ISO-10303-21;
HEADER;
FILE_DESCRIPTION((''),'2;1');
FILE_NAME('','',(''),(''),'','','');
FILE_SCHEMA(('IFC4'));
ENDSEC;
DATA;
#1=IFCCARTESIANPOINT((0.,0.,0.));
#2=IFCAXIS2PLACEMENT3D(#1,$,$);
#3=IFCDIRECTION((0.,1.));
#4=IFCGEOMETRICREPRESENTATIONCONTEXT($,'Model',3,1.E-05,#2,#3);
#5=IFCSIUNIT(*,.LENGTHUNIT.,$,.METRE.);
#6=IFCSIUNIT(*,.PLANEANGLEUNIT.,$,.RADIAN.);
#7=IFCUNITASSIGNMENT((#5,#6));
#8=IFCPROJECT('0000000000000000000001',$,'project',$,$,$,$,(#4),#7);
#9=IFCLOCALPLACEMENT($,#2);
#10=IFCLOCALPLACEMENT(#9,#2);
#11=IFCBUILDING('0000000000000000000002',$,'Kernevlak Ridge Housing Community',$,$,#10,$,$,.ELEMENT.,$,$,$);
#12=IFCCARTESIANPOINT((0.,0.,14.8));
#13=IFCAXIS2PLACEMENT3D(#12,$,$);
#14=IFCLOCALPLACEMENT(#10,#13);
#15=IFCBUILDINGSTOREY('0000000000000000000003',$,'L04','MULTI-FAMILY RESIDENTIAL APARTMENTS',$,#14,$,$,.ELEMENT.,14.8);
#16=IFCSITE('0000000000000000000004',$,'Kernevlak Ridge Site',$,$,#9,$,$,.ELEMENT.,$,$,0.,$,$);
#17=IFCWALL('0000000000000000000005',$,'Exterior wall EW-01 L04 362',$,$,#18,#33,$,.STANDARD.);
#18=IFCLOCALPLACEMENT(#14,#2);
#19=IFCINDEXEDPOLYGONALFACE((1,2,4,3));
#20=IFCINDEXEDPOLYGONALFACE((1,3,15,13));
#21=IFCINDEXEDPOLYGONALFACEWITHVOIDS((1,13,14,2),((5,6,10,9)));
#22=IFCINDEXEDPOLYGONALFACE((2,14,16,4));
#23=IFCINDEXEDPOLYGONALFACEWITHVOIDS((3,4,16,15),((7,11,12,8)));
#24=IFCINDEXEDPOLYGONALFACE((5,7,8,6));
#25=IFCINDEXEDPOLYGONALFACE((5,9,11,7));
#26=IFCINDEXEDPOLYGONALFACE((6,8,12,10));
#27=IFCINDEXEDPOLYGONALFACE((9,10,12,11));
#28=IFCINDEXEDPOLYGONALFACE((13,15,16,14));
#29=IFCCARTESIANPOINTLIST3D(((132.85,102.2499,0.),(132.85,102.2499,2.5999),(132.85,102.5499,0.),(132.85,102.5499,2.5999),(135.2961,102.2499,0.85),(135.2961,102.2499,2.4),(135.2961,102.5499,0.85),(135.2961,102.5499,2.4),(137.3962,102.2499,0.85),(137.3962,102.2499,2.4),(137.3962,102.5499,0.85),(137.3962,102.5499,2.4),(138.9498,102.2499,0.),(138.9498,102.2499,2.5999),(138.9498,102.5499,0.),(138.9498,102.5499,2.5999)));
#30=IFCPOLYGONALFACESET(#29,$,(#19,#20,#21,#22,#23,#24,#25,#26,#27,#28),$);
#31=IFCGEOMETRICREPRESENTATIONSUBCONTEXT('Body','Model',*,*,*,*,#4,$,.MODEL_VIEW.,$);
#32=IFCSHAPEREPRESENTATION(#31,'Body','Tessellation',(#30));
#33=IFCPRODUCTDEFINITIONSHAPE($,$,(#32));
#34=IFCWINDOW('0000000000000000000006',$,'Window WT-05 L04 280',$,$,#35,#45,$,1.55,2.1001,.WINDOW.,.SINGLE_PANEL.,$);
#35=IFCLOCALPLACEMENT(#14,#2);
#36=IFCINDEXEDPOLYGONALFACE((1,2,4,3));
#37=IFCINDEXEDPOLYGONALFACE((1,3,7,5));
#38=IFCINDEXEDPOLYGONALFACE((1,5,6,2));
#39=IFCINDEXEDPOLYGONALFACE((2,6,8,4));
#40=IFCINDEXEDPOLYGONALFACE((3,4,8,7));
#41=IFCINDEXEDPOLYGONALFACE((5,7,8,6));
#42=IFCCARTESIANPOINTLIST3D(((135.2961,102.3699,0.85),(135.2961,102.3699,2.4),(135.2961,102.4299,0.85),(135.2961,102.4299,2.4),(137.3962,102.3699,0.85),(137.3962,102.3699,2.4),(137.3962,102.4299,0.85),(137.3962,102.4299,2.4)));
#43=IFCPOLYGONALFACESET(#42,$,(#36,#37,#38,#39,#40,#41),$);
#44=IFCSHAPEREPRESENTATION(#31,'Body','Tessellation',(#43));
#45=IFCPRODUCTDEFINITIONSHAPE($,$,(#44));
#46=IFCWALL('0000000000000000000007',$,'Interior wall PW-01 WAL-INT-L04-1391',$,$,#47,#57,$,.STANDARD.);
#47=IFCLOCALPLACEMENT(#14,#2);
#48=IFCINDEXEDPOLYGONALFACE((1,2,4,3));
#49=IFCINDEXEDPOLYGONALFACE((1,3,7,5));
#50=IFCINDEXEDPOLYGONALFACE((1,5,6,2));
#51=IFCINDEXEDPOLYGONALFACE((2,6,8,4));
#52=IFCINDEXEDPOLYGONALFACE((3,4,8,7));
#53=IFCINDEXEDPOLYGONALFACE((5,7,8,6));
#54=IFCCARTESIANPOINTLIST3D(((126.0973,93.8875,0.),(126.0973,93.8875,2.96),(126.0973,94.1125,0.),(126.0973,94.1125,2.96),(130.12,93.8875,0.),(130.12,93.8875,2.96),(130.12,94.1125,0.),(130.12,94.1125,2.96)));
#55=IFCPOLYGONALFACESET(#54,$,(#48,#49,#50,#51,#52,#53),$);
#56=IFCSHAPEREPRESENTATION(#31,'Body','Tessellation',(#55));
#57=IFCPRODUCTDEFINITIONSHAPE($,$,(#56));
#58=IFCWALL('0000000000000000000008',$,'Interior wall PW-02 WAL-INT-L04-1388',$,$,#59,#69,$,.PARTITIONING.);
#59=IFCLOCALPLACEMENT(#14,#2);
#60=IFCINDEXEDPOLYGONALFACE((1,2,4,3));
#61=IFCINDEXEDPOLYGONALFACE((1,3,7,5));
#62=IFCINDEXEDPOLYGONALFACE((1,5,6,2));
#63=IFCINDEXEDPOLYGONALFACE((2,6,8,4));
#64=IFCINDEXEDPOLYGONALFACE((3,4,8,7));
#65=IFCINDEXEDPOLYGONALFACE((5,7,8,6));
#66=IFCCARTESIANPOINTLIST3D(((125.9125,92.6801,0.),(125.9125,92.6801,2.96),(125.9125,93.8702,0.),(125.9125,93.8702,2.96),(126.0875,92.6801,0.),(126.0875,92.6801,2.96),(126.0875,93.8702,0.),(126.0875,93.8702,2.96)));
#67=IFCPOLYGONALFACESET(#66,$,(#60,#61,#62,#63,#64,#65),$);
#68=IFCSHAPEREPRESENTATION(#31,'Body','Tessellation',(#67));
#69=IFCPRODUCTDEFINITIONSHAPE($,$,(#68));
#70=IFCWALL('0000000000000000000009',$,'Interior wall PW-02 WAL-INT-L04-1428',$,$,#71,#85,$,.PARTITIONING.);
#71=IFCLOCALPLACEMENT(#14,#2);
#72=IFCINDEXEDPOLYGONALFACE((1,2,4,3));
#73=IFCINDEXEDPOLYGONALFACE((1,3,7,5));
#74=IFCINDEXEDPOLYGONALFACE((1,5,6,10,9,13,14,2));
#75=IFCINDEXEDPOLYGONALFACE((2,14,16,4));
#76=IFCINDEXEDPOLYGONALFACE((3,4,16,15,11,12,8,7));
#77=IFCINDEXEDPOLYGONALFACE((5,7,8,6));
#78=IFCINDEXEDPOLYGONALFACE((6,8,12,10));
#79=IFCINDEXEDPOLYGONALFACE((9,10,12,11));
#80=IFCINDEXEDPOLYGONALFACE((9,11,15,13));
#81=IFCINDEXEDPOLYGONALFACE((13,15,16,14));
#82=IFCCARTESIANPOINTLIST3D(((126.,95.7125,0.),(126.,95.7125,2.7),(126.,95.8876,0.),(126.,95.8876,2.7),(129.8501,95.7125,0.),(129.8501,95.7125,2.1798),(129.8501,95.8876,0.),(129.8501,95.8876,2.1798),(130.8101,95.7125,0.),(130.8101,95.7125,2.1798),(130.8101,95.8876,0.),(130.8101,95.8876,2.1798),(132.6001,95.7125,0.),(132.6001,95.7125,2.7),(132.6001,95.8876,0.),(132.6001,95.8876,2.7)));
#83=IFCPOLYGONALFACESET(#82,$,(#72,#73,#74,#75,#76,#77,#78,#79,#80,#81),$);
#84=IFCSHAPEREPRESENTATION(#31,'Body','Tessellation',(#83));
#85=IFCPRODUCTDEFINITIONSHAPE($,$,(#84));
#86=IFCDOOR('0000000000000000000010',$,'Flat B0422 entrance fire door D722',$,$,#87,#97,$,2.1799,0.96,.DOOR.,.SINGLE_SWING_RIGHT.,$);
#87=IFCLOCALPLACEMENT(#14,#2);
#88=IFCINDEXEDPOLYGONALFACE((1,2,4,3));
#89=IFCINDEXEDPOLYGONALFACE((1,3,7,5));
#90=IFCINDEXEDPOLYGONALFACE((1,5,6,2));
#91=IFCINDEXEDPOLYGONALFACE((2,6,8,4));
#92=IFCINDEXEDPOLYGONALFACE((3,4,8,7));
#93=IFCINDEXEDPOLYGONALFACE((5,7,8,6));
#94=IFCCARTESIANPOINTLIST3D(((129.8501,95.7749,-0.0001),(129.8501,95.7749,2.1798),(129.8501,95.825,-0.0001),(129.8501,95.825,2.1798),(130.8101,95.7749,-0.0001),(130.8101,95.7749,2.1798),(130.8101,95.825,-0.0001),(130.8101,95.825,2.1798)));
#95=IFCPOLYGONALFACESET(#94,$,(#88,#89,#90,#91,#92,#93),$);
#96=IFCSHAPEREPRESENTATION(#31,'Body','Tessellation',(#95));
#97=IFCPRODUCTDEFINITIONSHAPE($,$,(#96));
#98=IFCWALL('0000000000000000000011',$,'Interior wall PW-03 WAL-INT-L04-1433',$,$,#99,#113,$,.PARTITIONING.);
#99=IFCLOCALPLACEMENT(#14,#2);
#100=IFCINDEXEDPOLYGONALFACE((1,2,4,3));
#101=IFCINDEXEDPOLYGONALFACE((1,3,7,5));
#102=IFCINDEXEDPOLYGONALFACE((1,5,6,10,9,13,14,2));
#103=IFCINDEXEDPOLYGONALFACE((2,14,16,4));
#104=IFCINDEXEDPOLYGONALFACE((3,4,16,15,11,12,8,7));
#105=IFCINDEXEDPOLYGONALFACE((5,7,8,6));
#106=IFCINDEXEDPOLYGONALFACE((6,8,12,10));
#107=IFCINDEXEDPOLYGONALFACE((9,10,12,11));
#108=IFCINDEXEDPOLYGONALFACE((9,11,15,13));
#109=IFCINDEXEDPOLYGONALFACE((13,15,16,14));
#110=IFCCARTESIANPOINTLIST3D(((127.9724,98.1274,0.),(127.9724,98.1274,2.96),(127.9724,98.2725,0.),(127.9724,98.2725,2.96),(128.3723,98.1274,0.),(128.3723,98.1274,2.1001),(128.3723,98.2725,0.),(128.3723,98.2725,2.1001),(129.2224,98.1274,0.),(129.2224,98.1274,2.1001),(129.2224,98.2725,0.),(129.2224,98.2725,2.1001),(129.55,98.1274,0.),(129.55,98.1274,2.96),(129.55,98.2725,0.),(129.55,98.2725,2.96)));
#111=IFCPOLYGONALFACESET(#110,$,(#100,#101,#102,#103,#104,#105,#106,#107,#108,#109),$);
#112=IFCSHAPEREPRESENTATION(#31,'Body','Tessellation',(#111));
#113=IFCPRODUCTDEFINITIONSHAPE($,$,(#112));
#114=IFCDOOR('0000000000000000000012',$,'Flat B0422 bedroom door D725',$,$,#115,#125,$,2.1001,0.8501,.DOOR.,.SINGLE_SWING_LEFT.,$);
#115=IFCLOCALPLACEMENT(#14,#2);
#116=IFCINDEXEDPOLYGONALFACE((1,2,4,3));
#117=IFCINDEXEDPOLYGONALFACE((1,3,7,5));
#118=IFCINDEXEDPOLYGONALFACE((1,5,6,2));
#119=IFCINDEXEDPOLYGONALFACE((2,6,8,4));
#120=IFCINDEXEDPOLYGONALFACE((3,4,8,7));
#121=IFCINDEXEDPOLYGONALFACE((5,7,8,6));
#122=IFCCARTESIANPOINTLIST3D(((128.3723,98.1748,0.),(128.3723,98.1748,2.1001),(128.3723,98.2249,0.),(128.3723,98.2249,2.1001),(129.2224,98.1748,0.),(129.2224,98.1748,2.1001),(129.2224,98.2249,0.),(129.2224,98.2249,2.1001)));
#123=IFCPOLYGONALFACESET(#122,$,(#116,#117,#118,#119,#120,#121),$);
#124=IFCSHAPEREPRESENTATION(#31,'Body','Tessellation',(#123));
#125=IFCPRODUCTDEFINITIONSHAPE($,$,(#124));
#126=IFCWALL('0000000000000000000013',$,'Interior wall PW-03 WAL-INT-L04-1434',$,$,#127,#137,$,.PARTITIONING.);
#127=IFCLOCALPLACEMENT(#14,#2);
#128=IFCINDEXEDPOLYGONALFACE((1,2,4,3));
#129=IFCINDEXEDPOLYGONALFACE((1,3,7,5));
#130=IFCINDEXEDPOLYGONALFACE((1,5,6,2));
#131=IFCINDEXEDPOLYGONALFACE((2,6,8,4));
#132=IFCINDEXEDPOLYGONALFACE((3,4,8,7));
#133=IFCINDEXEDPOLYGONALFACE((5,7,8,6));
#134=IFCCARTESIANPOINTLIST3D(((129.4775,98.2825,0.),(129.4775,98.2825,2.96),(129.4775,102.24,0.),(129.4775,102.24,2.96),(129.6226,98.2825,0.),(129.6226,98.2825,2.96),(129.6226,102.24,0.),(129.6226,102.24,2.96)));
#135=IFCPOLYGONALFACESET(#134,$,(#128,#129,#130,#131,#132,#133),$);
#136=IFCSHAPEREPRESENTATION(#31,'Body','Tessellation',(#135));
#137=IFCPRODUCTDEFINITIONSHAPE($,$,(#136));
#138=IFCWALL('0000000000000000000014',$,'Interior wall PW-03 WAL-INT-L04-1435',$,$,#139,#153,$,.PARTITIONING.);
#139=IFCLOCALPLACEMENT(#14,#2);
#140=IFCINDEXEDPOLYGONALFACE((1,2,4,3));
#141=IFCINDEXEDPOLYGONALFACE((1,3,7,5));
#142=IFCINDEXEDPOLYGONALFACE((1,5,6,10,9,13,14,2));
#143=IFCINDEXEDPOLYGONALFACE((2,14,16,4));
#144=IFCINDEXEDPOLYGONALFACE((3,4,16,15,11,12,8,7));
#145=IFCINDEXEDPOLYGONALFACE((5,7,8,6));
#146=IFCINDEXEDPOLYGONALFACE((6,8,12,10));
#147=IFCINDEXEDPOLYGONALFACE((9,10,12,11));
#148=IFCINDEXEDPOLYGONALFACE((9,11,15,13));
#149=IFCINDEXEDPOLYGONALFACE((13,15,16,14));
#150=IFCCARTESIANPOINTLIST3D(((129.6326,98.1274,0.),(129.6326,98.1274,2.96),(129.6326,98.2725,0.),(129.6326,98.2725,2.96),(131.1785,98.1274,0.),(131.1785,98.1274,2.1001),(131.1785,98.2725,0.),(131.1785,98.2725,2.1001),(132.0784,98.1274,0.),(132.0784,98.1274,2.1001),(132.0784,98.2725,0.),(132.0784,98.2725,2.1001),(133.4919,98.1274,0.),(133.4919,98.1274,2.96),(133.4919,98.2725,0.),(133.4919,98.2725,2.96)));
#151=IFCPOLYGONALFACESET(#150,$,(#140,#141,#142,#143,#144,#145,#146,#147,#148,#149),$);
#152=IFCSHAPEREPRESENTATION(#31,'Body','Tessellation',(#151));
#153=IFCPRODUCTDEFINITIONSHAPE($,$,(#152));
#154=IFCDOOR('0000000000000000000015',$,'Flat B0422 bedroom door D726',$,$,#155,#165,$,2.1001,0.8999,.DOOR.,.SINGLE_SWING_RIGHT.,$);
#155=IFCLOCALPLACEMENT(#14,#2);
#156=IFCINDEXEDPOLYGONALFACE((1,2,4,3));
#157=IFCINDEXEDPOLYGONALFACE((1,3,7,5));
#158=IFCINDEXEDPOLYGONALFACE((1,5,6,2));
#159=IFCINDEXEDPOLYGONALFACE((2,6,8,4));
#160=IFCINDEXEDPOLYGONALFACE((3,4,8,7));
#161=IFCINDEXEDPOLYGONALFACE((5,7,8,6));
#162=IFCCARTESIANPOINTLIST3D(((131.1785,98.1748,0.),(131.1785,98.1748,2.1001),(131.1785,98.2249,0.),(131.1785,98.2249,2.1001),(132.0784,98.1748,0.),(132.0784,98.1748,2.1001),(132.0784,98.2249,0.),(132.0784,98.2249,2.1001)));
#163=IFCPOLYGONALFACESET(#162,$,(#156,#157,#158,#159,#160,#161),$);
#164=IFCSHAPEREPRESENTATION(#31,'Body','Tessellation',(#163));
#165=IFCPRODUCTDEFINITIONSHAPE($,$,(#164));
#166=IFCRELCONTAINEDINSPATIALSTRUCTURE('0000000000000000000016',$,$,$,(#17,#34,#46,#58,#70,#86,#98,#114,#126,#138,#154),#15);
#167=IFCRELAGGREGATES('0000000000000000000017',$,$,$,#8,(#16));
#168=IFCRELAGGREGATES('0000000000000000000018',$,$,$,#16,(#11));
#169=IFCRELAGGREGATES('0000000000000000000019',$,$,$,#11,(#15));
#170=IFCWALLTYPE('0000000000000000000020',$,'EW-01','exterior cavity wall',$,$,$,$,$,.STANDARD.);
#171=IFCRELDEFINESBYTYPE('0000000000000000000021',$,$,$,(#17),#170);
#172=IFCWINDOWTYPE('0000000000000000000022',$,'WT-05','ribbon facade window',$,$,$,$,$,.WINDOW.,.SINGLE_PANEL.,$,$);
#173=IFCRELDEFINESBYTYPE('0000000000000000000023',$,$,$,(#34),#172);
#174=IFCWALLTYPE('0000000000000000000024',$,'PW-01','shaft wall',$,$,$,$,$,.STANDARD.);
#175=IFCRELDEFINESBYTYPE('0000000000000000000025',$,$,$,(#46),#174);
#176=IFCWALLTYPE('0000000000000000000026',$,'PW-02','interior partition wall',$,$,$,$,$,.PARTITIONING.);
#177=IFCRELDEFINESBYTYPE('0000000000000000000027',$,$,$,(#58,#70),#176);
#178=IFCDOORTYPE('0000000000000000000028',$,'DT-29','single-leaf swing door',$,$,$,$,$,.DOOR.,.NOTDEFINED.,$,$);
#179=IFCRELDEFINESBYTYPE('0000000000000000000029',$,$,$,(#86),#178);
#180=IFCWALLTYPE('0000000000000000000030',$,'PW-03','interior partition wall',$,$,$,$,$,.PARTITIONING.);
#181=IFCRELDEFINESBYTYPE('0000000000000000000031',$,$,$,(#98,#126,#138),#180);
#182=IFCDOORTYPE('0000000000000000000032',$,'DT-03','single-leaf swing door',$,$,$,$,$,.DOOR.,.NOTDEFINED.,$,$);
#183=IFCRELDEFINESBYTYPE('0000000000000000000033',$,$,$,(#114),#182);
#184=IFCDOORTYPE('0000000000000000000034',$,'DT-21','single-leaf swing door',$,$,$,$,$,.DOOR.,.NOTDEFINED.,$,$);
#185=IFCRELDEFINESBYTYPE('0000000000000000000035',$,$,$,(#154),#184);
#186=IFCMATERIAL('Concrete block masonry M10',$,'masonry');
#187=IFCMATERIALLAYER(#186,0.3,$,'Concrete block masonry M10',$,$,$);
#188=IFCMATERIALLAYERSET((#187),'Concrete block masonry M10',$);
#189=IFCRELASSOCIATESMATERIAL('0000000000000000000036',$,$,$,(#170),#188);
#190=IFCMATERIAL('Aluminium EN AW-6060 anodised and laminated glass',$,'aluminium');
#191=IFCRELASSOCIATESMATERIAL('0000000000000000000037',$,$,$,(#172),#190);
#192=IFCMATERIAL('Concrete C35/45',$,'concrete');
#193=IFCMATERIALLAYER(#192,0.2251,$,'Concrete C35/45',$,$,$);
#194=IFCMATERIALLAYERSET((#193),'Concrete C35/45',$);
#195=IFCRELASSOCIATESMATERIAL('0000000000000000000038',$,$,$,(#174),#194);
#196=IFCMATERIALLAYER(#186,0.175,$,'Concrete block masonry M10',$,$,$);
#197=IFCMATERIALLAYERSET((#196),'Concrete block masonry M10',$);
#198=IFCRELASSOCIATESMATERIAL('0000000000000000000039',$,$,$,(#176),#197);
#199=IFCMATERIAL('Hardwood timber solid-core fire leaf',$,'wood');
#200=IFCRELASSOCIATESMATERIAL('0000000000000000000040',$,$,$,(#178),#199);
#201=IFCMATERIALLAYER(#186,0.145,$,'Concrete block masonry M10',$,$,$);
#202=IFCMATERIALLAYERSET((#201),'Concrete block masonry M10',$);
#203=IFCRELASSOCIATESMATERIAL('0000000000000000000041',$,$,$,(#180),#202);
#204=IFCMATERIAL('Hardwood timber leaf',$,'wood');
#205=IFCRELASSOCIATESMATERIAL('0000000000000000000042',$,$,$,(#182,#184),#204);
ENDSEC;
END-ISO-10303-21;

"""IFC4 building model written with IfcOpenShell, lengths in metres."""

from ifc_helpers import new_model, si_unit, direction, frame, frame_2d, origin, place, context, subcontext, project, spatial, rectangle, extrude, material, layer, layer_set, type_object, element, fill, save


model = new_model("IFC4")

# Units and contexts
model_context = context("Model", 3, precision=1e-05, world=origin(), true_north=direction((0.0, 1.0)))
body_context = subcontext(model_context, "Body", "Model", "MODEL_VIEW")
ifc_project = project(units=[si_unit("LENGTHUNIT", "METRE"), si_unit("PLANEANGLEUNIT", "RADIAN")], contexts=[model_context])

# Site, building, storey
site_placement = place(None, origin())
site = spatial("IfcSite", under=ifc_project, at=site_placement, Name="Kernevlak Ridge Site", CompositionType="ELEMENT", RefElevation=0.0)
building_placement = place(site_placement, origin())
building = spatial("IfcBuilding", under=site, at=building_placement, Name="Kernevlak Ridge Housing Community", CompositionType="ELEMENT")
storey_placement = place(building_placement, frame((0.0, 0.0, 14.8)))
storey = spatial("IfcBuildingStorey", under=building, at=storey_placement, Name="L04", Description="MULTI-FAMILY RESIDENTIAL APARTMENTS", CompositionType="ELEMENT", Elevation=14.8)

# Shared definitions
ifc_material_1 = material(Name="Concrete C35/45", Category="concrete")

# Shared definitions
ifc_material_2 = material(Name="Concrete block masonry M10", Category="masonry")
ifc_layer_1 = layer(ifc_material_2, 0.3, Name="Concrete block masonry M10")
ifc_layer_set_1 = layer_set([ifc_layer_1], Name="Concrete block masonry M10")
wall_type_1 = type_object("IfcWallType", Name="EW-01", Description="exterior cavity wall", PredefinedType="STANDARD", material=ifc_layer_set_1)
ifc_material_3 = material(Name="Aluminium EN AW-6060 anodised and laminated glass", Category="aluminium")

# Wall, opening, window
wall_1_placement = place(storey_placement, frame((132.8501, 102.3999, 0.0), z_axis=(0.0, 0.0, 1.0), x_axis=(1.0, 0.0, 0.0)))
wall_1 = element("IfcWall", 1, at=wall_1_placement, inside=storey, type_object=wall_type_1, Name="Exterior wall EW-01 L04 362", PredefinedType="STANDARD", context=body_context, shape_type="SweptSolid", body=[
    extrude(rectangle(XDim=6.0999, YDim=0.3, at=frame_2d((3.0498, 0.0))), origin(), (0.0, 0.0, 1.0), 2.5999),
])
opening_1_placement = place(wall_1_placement, frame((2.446, 0.0, 0.8501)))
opening_1 = element("IfcOpeningElement", 2, at=opening_1_placement, cuts=wall_1, PredefinedType="OPENING", context=body_context, shape_type="SweptSolid", body=[
    extrude(rectangle(XDim=2.1001, YDim=1.55, at=frame_2d((1.05, 0.7749))), frame((0.0, 0.1599, 0.0), z_axis=(0.0, -1.0, 0.0), x_axis=(1.0, 0.0, 0.0)), (0.0, 0.0, 1.0), 0.3201),
])
window_type_1 = type_object("IfcWindowType", Name="WT-05", Description="ribbon facade window", PartitioningType="SINGLE_PANEL", PredefinedType="WINDOW", material=ifc_material_3)
window_1_placement = place(opening_1_placement, origin())
window_1 = element("IfcWindow", 3, at=window_1_placement, inside=storey, type_object=window_type_1, Name="Window WT-05 L04 280", OverallHeight=1.55, OverallWidth=2.1001, PartitioningType="SINGLE_PANEL", PredefinedType="WINDOW", context=body_context, shape_type="SweptSolid", body=[
    extrude(rectangle(XDim=2.1001, YDim=1.55, at=frame_2d((1.05, 0.7749))), frame((0.0, 0.03, 0.0), z_axis=(0.0, -1.0, 0.0), x_axis=(1.0, 0.0, 0.0)), (0.0, 0.0, 1.0), 0.0601),
])
fill(opening_1, window_1)

# Walls
ifc_layer_2 = layer(ifc_material_1, 0.2251, Name="Concrete C35/45")
ifc_layer_set_2 = layer_set([ifc_layer_2], Name="Concrete C35/45")
wall_type_2 = type_object("IfcWallType", Name="PW-01", Description="shaft wall", PredefinedType="STANDARD", material=ifc_layer_set_2)
wall_2_placement = place(storey_placement, frame((126.0974, 94.0, 0.0), z_axis=(0.0, 0.0, 1.0), x_axis=(1.0, 0.0, 0.0)))
element("IfcWall", 4, at=wall_2_placement, inside=storey, type_object=wall_type_2, Name="Interior wall PW-01 WAL-INT-L04-1391", PredefinedType="STANDARD", context=body_context, shape_type="SweptSolid", body=[
    extrude(rectangle(XDim=4.0227, YDim=0.2251, at=frame_2d((2.0112, 0.0))), origin(), (0.0, 0.0, 1.0), 2.96),
])
ifc_layer_3 = layer(ifc_material_2, 0.175, Name="Concrete block masonry M10")
ifc_layer_set_3 = layer_set([ifc_layer_3], Name="Concrete block masonry M10")
wall_type_3 = type_object("IfcWallType", Name="PW-02", Description="interior partition wall", PredefinedType="PARTITIONING", material=ifc_layer_set_3)
wall_3_placement = place(storey_placement, frame((126.0, 92.6799, 0.0), z_axis=(0.0, 0.0, 1.0), x_axis=(0.0, 1.0, 0.0)))
element("IfcWall", 5, at=wall_3_placement, inside=storey, type_object=wall_type_3, Name="Interior wall PW-02 WAL-INT-L04-1388", PredefinedType="PARTITIONING", context=body_context, shape_type="SweptSolid", body=[
    extrude(rectangle(XDim=1.1902, YDim=0.175, at=frame_2d((0.5952, 0.0))), origin(), (0.0, 0.0, 1.0), 2.96),
])

# Walls, openings, doors
wall_4_placement = place(storey_placement, frame((126.0, 95.8, 0.0), z_axis=(0.0, 0.0, 1.0), x_axis=(1.0, 0.0, 0.0)))
wall_4 = element("IfcWall", 6, at=wall_4_placement, inside=storey, type_object=wall_type_3, Name="Interior wall PW-02 WAL-INT-L04-1428", PredefinedType="PARTITIONING", context=body_context, shape_type="SweptSolid", body=[
    extrude(rectangle(XDim=6.6001, YDim=0.175, at=frame_2d((3.3, 0.0))), origin(), (0.0, 0.0, 1.0), 2.7),
])
opening_2_placement = place(wall_4_placement, frame((3.8501, 0.0, 0.0)))
opening_2 = element("IfcOpeningElement", 7, at=opening_2_placement, cuts=wall_4, PredefinedType="OPENING", context=body_context, shape_type="SweptSolid", body=[
    extrude(rectangle(XDim=0.96, YDim=2.1799, at=frame_2d((0.48, 1.0898))), frame((0.0, 0.0974, 0.0), z_axis=(0.0, -1.0, 0.0), x_axis=(1.0, 0.0, 0.0)), (0.0, 0.0, 1.0), 0.1951),
])
ifc_material_4 = material(Name="Hardwood timber solid-core fire leaf", Category="wood")
door_type_1 = type_object("IfcDoorType", Name="DT-29", Description="single-leaf swing door", OperationType="NOTDEFINED", PredefinedType="DOOR", material=ifc_material_4)
door_1_placement = place(opening_2_placement, origin())
door_1 = element("IfcDoor", 8, at=door_1_placement, inside=storey, type_object=door_type_1, Name="Flat B0422 entrance fire door D722", OperationType="SINGLE_SWING_RIGHT", OverallHeight=2.1799, OverallWidth=0.96, PredefinedType="DOOR", context=body_context, shape_type="SweptSolid", body=[
    extrude(rectangle(XDim=0.96, YDim=2.1799, at=frame_2d((0.48, 1.0898))), frame((0.0, 0.0249, 0.0), z_axis=(0.0, -1.0, 0.0), x_axis=(1.0, 0.0, 0.0)), (0.0, 0.0, 1.0), 0.05),
])
fill(opening_2, door_1)
ifc_layer_4 = layer(ifc_material_2, 0.145, Name="Concrete block masonry M10")
ifc_layer_set_4 = layer_set([ifc_layer_4], Name="Concrete block masonry M10")
wall_type_4 = type_object("IfcWallType", Name="PW-03", Description="interior partition wall", PredefinedType="PARTITIONING", material=ifc_layer_set_4)
wall_5_placement = place(storey_placement, frame((127.9724, 98.2, 0.0), z_axis=(0.0, 0.0, 1.0), x_axis=(1.0, 0.0, 0.0)))
wall_5 = element("IfcWall", 9, at=wall_5_placement, inside=storey, type_object=wall_type_4, Name="Interior wall PW-03 WAL-INT-L04-1433", PredefinedType="PARTITIONING", context=body_context, shape_type="SweptSolid", body=[
    extrude(rectangle(XDim=1.5776, YDim=0.145, at=frame_2d((0.7888, 0.0))), origin(), (0.0, 0.0, 1.0), 2.96),
])
opening_3_placement = place(wall_5_placement, frame((0.3999, 0.0, 0.0)))
opening_3 = element("IfcOpeningElement", 10, at=opening_3_placement, cuts=wall_5, PredefinedType="OPENING", context=body_context, shape_type="SweptSolid", body=[
    extrude(rectangle(XDim=0.8501, YDim=2.1001, at=frame_2d((0.425, 1.05))), frame((0.0, 0.0825, 0.0), z_axis=(0.0, -1.0, 0.0), x_axis=(1.0, 0.0, 0.0)), (0.0, 0.0, 1.0), 0.165),
])
ifc_material_5 = material(Name="Hardwood timber leaf", Category="wood")
door_type_2 = type_object("IfcDoorType", Name="DT-03", Description="single-leaf swing door", OperationType="NOTDEFINED", PredefinedType="DOOR", material=ifc_material_5)
door_2_placement = place(opening_3_placement, origin())
door_2 = element("IfcDoor", 11, at=door_2_placement, inside=storey, type_object=door_type_2, Name="Flat B0422 bedroom door D725", OperationType="SINGLE_SWING_LEFT", OverallHeight=2.1001, OverallWidth=0.8501, PredefinedType="DOOR", context=body_context, shape_type="SweptSolid", body=[
    extrude(rectangle(XDim=0.8501, YDim=2.1001, at=frame_2d((0.425, 1.05))), frame((0.0, 0.0249, 0.0), z_axis=(0.0, -1.0, 0.0), x_axis=(1.0, 0.0, 0.0)), (0.0, 0.0, 1.0), 0.05),
])
fill(opening_3, door_2)

# Wall
wall_6_placement = place(storey_placement, frame((129.55, 98.2825, 0.0), z_axis=(0.0, 0.0, 1.0), x_axis=(0.0, 1.0, 0.0)))
element("IfcWall", 12, at=wall_6_placement, inside=storey, type_object=wall_type_4, Name="Interior wall PW-03 WAL-INT-L04-1434", PredefinedType="PARTITIONING", context=body_context, shape_type="SweptSolid", body=[
    extrude(rectangle(XDim=3.9575, YDim=0.145, at=frame_2d((1.9788, 0.0))), origin(), (0.0, 0.0, 1.0), 2.96),
])

# Wall, opening, door
wall_7_placement = place(storey_placement, frame((129.6326, 98.2, 0.0), z_axis=(0.0, 0.0, 1.0), x_axis=(1.0, 0.0, 0.0)))
wall_7 = element("IfcWall", 13, at=wall_7_placement, inside=storey, type_object=wall_type_4, Name="Interior wall PW-03 WAL-INT-L04-1435", PredefinedType="PARTITIONING", context=body_context, shape_type="SweptSolid", body=[
    extrude(rectangle(XDim=3.8594, YDim=0.145, at=frame_2d((1.9297, 0.0))), origin(), (0.0, 0.0, 1.0), 2.96),
])
opening_4_placement = place(wall_7_placement, frame((1.5459, 0.0, 0.0)))
opening_4 = element("IfcOpeningElement", 14, at=opening_4_placement, cuts=wall_7, PredefinedType="OPENING", context=body_context, shape_type="SweptSolid", body=[
    extrude(rectangle(XDim=0.8999, YDim=2.1001, at=frame_2d((0.45, 1.05))), frame((0.0, 0.0825, 0.0), z_axis=(0.0, -1.0, 0.0), x_axis=(1.0, 0.0, 0.0)), (0.0, 0.0, 1.0), 0.165),
])
door_type_3 = type_object("IfcDoorType", Name="DT-21", Description="single-leaf swing door", OperationType="NOTDEFINED", PredefinedType="DOOR", material=ifc_material_5)
door_3_placement = place(opening_4_placement, origin())
door_3 = element("IfcDoor", 15, at=door_3_placement, inside=storey, type_object=door_type_3, Name="Flat B0422 bedroom door D726", OperationType="SINGLE_SWING_RIGHT", OverallHeight=2.1001, OverallWidth=0.8999, PredefinedType="DOOR", context=body_context, shape_type="SweptSolid", body=[
    extrude(rectangle(XDim=0.8999, YDim=2.1001, at=frame_2d((0.45, 1.05))), frame((0.0, 0.0249, 0.0), z_axis=(0.0, -1.0, 0.0), x_axis=(1.0, 0.0, 0.0)), (0.0, 0.0, 1.0), 0.05),
])
fill(opening_4, door_3)

save(model, "model.ifc")
